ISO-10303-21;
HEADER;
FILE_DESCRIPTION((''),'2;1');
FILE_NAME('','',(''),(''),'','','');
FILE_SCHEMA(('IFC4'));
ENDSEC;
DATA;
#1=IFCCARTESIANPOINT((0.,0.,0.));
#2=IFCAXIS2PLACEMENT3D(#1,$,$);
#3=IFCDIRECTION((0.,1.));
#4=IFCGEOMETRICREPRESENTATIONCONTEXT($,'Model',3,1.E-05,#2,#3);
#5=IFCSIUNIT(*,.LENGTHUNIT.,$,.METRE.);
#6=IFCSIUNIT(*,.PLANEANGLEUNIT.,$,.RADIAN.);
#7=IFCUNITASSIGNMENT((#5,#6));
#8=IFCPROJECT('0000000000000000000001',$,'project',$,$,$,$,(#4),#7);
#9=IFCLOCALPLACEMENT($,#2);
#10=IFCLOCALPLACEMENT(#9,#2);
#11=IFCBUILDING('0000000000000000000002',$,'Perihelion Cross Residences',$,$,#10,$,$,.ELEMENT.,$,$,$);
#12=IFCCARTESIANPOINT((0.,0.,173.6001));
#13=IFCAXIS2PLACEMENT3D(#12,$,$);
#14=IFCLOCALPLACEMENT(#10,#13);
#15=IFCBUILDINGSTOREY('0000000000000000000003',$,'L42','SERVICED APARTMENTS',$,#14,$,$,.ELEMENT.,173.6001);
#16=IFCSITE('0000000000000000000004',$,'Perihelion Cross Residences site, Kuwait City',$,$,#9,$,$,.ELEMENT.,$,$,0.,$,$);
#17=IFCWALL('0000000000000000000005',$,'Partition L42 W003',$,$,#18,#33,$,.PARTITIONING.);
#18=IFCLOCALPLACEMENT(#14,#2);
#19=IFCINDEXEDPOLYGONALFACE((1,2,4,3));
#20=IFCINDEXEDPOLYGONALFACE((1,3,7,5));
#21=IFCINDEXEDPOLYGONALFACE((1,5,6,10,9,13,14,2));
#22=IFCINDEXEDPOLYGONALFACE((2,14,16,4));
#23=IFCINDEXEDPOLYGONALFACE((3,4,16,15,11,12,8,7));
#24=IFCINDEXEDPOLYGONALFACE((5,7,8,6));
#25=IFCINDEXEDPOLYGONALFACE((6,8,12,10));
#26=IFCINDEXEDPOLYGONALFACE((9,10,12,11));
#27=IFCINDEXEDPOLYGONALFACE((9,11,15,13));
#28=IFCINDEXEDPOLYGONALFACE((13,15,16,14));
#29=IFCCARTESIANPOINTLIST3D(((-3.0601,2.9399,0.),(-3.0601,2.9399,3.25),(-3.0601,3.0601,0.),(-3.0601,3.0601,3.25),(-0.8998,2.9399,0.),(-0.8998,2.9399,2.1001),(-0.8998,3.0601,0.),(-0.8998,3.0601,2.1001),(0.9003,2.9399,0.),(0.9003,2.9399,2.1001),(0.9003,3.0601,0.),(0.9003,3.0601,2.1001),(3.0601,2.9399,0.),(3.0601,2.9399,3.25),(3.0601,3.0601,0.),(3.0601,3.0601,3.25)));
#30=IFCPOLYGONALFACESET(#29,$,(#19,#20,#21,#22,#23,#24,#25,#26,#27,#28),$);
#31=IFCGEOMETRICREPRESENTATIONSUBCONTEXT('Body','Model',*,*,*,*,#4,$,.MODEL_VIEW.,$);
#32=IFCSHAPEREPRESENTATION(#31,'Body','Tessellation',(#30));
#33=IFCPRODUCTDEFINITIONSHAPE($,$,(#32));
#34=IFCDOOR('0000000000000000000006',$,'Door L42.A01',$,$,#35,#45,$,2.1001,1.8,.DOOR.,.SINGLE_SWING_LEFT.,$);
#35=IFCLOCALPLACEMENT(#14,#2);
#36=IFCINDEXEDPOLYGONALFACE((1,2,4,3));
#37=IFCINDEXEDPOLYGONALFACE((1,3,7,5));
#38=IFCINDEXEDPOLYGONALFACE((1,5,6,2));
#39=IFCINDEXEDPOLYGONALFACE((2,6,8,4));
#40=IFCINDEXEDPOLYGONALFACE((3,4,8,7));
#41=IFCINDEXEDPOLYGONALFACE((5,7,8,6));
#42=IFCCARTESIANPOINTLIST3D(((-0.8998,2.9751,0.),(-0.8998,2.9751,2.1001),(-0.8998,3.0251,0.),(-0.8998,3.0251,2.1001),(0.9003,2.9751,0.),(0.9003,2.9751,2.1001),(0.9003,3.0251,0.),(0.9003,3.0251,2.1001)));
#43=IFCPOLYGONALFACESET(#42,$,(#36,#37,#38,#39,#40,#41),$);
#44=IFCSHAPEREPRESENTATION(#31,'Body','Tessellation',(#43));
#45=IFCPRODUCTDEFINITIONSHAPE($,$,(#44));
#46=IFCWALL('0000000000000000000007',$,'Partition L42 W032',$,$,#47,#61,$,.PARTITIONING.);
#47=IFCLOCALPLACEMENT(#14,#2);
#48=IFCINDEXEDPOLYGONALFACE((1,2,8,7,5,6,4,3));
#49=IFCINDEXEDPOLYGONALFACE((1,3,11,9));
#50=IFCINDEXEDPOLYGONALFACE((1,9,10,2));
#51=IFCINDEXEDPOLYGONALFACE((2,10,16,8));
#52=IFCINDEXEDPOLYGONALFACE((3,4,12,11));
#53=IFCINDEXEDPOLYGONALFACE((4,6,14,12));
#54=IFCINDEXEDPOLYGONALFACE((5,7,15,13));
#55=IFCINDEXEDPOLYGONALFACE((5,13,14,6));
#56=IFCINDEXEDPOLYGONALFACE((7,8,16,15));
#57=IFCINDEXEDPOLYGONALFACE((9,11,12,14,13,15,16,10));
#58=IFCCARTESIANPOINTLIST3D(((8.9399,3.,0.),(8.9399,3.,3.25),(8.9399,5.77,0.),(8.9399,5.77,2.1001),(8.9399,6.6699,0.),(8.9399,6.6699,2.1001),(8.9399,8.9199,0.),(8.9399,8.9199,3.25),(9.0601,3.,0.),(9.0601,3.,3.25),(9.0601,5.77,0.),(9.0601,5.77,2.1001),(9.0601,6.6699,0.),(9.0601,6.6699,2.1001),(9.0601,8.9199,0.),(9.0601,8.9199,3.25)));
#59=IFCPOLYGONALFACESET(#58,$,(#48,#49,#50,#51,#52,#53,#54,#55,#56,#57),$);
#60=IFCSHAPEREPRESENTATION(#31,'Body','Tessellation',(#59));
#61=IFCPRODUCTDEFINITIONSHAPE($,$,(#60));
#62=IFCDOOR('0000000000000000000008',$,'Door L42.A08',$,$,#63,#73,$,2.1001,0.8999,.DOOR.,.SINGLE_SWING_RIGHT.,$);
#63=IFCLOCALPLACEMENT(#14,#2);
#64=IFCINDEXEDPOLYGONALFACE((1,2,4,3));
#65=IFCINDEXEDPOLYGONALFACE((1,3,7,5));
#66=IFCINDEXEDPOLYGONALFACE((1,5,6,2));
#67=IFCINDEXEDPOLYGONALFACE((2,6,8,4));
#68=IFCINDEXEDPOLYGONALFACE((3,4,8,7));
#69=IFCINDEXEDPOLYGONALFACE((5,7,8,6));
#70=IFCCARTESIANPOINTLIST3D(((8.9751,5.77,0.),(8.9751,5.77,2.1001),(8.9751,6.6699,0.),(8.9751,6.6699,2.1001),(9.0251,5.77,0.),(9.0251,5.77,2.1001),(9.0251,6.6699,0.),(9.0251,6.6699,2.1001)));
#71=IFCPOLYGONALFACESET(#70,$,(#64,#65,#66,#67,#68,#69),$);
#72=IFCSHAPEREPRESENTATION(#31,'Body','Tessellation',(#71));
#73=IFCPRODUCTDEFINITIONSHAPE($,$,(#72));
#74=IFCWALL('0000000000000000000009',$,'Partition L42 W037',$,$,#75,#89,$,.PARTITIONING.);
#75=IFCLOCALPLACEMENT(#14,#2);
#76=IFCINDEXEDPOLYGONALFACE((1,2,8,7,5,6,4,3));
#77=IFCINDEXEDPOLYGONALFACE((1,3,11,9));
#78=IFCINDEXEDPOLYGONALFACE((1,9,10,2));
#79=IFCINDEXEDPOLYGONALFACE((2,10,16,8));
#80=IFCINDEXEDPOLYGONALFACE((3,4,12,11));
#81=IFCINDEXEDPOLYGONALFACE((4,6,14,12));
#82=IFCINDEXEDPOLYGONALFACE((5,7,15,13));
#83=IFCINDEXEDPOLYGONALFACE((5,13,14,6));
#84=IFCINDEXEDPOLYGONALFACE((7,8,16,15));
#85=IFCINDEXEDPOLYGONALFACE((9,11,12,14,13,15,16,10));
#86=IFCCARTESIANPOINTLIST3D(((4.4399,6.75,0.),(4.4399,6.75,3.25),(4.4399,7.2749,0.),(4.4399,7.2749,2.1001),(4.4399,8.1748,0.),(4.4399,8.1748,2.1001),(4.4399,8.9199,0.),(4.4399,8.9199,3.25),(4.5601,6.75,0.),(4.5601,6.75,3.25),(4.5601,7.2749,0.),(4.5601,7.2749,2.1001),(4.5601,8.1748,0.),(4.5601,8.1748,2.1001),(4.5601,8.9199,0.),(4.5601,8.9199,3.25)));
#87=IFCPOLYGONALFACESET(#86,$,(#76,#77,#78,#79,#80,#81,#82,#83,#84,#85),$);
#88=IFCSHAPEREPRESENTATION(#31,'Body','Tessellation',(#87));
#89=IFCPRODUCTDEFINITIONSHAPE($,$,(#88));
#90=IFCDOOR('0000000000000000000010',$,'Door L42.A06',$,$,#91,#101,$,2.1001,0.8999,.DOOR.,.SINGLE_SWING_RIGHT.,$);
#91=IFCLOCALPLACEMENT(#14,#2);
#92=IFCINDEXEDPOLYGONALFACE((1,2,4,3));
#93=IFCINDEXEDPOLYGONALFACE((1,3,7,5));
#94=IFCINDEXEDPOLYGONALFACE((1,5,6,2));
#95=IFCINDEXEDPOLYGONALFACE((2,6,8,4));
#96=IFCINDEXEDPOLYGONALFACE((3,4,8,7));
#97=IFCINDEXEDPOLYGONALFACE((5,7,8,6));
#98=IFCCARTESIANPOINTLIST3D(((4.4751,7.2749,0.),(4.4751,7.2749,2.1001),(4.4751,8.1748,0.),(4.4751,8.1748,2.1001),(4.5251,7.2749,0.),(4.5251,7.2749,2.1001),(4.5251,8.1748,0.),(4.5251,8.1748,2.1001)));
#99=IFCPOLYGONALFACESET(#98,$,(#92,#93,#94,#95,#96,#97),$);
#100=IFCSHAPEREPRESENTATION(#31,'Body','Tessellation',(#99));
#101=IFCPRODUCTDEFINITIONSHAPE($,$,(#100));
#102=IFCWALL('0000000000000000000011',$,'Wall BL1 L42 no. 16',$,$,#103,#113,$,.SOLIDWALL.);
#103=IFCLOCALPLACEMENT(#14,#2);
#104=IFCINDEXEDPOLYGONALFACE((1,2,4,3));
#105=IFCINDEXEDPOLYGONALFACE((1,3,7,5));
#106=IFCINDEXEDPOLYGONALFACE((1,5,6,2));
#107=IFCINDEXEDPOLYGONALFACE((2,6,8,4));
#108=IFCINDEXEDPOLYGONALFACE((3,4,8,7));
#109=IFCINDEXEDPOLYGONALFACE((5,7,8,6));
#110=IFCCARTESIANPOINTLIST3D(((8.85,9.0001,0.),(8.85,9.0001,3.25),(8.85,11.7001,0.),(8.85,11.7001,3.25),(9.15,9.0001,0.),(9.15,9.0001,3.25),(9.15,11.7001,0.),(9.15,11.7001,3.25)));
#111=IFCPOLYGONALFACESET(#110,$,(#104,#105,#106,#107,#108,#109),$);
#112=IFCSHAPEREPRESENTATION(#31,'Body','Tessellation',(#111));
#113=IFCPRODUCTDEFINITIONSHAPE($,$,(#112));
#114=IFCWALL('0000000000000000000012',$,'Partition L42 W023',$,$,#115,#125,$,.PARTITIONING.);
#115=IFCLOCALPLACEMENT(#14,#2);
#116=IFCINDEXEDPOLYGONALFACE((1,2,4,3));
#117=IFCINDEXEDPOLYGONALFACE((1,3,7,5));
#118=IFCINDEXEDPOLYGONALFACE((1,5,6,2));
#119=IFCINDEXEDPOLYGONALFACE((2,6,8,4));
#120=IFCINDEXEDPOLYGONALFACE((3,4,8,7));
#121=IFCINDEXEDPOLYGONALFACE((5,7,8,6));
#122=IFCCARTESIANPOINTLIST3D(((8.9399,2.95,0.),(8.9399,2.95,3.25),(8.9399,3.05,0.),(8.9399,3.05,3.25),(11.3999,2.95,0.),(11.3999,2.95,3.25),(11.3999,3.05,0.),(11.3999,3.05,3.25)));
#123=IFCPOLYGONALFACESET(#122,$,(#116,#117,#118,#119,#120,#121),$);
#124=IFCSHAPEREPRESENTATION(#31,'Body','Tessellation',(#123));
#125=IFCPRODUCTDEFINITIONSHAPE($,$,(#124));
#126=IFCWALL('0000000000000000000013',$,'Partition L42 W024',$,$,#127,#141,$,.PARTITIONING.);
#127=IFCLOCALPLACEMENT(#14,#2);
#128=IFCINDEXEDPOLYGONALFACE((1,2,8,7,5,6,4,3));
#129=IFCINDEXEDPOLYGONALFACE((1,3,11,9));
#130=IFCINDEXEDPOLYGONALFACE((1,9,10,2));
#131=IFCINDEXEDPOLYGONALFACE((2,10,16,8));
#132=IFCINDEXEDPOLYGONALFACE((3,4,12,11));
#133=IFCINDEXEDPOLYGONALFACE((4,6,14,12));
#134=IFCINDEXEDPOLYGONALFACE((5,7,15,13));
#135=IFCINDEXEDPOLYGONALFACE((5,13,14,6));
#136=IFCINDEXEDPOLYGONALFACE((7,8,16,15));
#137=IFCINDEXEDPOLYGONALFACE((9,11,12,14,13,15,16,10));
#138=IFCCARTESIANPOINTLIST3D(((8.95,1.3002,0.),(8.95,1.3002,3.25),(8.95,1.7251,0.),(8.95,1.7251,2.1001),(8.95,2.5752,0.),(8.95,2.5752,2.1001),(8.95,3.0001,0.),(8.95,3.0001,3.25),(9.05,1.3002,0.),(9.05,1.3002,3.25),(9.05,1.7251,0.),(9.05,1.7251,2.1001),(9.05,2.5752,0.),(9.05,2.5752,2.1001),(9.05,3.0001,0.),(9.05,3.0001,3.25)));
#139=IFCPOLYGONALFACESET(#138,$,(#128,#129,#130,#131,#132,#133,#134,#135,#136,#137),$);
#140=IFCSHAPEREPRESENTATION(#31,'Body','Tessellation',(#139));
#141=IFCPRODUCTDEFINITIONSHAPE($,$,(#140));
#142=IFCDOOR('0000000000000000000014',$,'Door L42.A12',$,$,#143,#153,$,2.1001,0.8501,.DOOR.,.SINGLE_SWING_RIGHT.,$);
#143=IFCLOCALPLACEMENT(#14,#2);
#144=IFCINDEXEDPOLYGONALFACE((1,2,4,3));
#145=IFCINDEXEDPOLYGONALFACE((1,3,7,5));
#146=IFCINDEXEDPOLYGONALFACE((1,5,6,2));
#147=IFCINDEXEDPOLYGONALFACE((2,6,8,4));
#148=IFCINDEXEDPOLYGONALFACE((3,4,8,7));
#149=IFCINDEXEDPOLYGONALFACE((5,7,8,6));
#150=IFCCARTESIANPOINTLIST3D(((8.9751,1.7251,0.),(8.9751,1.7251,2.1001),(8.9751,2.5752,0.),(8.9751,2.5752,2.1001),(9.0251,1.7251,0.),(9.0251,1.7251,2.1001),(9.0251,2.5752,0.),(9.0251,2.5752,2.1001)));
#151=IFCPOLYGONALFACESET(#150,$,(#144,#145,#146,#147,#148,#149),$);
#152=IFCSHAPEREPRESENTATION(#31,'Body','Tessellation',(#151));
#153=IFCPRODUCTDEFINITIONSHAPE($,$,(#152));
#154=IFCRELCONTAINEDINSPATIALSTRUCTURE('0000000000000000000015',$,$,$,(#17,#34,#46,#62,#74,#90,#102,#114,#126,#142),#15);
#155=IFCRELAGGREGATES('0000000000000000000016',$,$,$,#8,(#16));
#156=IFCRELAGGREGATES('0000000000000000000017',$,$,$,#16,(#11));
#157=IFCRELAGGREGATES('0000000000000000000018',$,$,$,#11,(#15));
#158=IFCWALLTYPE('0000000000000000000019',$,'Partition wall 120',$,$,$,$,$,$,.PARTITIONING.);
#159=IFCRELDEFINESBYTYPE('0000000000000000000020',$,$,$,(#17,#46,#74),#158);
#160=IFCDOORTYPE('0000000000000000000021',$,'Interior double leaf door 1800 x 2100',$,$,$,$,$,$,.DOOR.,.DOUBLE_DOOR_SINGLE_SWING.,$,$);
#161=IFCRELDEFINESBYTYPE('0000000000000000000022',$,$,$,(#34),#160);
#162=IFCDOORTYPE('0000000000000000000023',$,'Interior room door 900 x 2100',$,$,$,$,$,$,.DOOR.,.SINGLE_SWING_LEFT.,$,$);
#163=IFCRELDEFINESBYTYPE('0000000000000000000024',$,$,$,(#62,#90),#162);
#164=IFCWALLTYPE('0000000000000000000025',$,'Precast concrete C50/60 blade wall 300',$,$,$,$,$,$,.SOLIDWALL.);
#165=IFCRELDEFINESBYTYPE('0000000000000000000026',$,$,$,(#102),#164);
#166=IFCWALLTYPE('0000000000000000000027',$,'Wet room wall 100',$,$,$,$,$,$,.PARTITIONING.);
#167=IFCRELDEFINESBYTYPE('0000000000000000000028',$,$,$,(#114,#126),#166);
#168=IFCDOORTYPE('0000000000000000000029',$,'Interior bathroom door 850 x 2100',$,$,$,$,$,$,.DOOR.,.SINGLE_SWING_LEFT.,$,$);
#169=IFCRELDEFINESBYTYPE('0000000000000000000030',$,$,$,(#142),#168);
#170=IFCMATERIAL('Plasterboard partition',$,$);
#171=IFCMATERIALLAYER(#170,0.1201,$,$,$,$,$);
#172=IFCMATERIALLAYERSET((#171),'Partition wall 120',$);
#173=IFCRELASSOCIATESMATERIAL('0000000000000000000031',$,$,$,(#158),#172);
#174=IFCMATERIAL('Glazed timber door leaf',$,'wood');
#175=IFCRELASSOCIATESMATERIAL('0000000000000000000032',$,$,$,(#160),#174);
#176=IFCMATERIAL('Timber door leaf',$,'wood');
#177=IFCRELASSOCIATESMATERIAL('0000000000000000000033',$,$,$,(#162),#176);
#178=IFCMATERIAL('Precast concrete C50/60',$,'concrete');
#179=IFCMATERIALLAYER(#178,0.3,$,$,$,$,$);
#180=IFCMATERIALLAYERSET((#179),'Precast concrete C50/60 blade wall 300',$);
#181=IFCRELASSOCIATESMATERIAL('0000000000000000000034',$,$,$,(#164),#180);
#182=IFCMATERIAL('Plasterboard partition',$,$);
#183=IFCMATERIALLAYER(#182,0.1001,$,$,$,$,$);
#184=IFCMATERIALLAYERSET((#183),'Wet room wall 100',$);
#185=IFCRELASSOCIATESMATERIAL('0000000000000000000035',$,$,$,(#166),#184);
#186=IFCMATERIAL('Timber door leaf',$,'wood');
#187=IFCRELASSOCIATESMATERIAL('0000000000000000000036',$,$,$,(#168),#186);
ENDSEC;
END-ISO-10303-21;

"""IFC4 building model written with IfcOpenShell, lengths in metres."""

from ifc_helpers import new_model, si_unit, direction, frame, frame_2d, origin, place, context, subcontext, project, spatial, rectangle, extrude, material, layer, layer_set, type_object, element, fill, save


model = new_model("IFC4")

# Units and contexts
model_context = context("Model", 3, precision=1e-05, world=origin(), true_north=direction((0.0, 1.0)))
body_context = subcontext(model_context, "Body", "Model", "MODEL_VIEW")
ifc_project = project(units=[si_unit("LENGTHUNIT", "METRE"), si_unit("PLANEANGLEUNIT", "RADIAN")], contexts=[model_context])

# Site, building, storey
site_placement = place(None, origin())
site = spatial("IfcSite", under=ifc_project, at=site_placement, Name="Perihelion Cross Residences site, Kuwait City", CompositionType="ELEMENT", RefElevation=0.0)
building_placement = place(site_placement, origin())
building = spatial("IfcBuilding", under=site, at=building_placement, Name="Perihelion Cross Residences", CompositionType="ELEMENT")
storey_placement = place(building_placement, frame((0.0, 0.0, 173.6001)))
storey = spatial("IfcBuildingStorey", under=building, at=storey_placement, Name="L42", Description="SERVICED APARTMENTS", CompositionType="ELEMENT", Elevation=173.6001)

# Walls, openings, doors
ifc_material_1 = material(Name="Plasterboard partition")
ifc_layer_1 = layer(ifc_material_1, 0.1201)
ifc_layer_set_1 = layer_set([ifc_layer_1], Name="Partition wall 120")
wall_type_1 = type_object("IfcWallType", Name="Partition wall 120", PredefinedType="PARTITIONING", material=ifc_layer_set_1)
wall_1_placement = place(storey_placement, frame((3.0601, 3.0, 0.0), z_axis=(0.0, 0.0, 1.0), x_axis=(-1.0, 0.0, 0.0)))
wall_1 = element("IfcWall", 1, at=wall_1_placement, inside=storey, type_object=wall_type_1, Name="Partition L42 W003", PredefinedType="PARTITIONING", context=body_context, shape_type="SweptSolid", body=[
    extrude(rectangle(XDim=6.1201, YDim=0.1201, at=frame_2d((3.0601, 0.0))), origin(), (0.0, 0.0, 1.0), 3.25),
])
opening_1_placement = place(wall_1_placement, frame((2.1599, 0.0, 0.0)))
opening_1 = element("IfcOpeningElement", 2, at=opening_1_placement, cuts=wall_1, PredefinedType="OPENING", context=body_context, shape_type="SweptSolid", body=[
    extrude(rectangle(XDim=1.8, YDim=2.1001, at=frame_2d((0.8999, 1.05))), frame((0.0, 0.0701, 0.0), z_axis=(0.0, -1.0, 0.0), x_axis=(1.0, 0.0, 0.0)), (0.0, 0.0, 1.0), 0.1401),
])
ifc_material_2 = material(Name="Glazed timber door leaf", Category="wood")
door_type_1 = type_object("IfcDoorType", Name="Interior double leaf door 1800 x 2100", OperationType="DOUBLE_DOOR_SINGLE_SWING", PredefinedType="DOOR", material=ifc_material_2)
door_1_placement = place(opening_1_placement, origin())
door_1 = element("IfcDoor", 3, at=door_1_placement, inside=storey, type_object=door_type_1, Name="Door L42.A01", OperationType="SINGLE_SWING_LEFT", OverallHeight=2.1001, OverallWidth=1.8, PredefinedType="DOOR", context=body_context, shape_type="SweptSolid", body=[
    extrude(rectangle(XDim=1.8, YDim=2.1001, at=frame_2d((0.8999, 1.05))), frame((0.0, 0.0249, 0.0), z_axis=(0.0, -1.0, 0.0), x_axis=(1.0, 0.0, 0.0)), (0.0, 0.0, 1.0), 0.05),
])
fill(opening_1, door_1)
wall_2_placement = place(storey_placement, frame((9.0, 3.0, 0.0), z_axis=(0.0, 0.0, 1.0), x_axis=(0.0, 1.0, 0.0)))
wall_2 = element("IfcWall", 4, at=wall_2_placement, inside=storey, type_object=wall_type_1, Name="Partition L42 W032", PredefinedType="PARTITIONING", context=body_context, shape_type="SweptSolid", body=[
    extrude(rectangle(XDim=5.9199, YDim=0.1201, at=frame_2d((2.96, 0.0))), origin(), (0.0, 0.0, 1.0), 3.25),
])
opening_2_placement = place(wall_2_placement, frame((2.77, 0.0, 0.0)))
opening_2 = element("IfcOpeningElement", 5, at=opening_2_placement, cuts=wall_2, PredefinedType="OPENING", context=body_context, shape_type="SweptSolid", body=[
    extrude(rectangle(XDim=0.8999, YDim=2.1001, at=frame_2d((0.45, 1.05))), frame((0.0, 0.0701, 0.0), z_axis=(0.0, -1.0, 0.0), x_axis=(1.0, 0.0, 0.0)), (0.0, 0.0, 1.0), 0.1401),
])
ifc_material_3 = material(Name="Timber door leaf", Category="wood")
door_type_2 = type_object("IfcDoorType", Name="Interior room door 900 x 2100", OperationType="SINGLE_SWING_LEFT", PredefinedType="DOOR", material=ifc_material_3)
door_2_placement = place(opening_2_placement, origin())
door_2 = element("IfcDoor", 6, at=door_2_placement, inside=storey, type_object=door_type_2, Name="Door L42.A08", OperationType="SINGLE_SWING_RIGHT", OverallHeight=2.1001, OverallWidth=0.8999, PredefinedType="DOOR", context=body_context, shape_type="SweptSolid", body=[
    extrude(rectangle(XDim=0.8999, YDim=2.1001, at=frame_2d((0.45, 1.05))), frame((0.0, 0.0249, 0.0), z_axis=(0.0, -1.0, 0.0), x_axis=(1.0, 0.0, 0.0)), (0.0, 0.0, 1.0), 0.05),
])
fill(opening_2, door_2)
wall_3_placement = place(storey_placement, frame((4.5, 6.75, 0.0), z_axis=(0.0, 0.0, 1.0), x_axis=(0.0, 1.0, 0.0)))
wall_3 = element("IfcWall", 7, at=wall_3_placement, inside=storey, type_object=wall_type_1, Name="Partition L42 W037", PredefinedType="PARTITIONING", context=body_context, shape_type="SweptSolid", body=[
    extrude(rectangle(XDim=2.1699, YDim=0.1201, at=frame_2d((1.085, 0.0))), origin(), (0.0, 0.0, 1.0), 3.25),
])
opening_3_placement = place(wall_3_placement, frame((0.5249, 0.0, 0.0)))
opening_3 = element("IfcOpeningElement", 8, at=opening_3_placement, cuts=wall_3, PredefinedType="OPENING", context=body_context, shape_type="SweptSolid", body=[
    extrude(rectangle(XDim=0.8999, YDim=2.1001, at=frame_2d((0.45, 1.05))), frame((0.0, 0.0701, 0.0), z_axis=(0.0, -1.0, 0.0), x_axis=(1.0, 0.0, 0.0)), (0.0, 0.0, 1.0), 0.1401),
])
door_3_placement = place(opening_3_placement, origin())
door_3 = element("IfcDoor", 9, at=door_3_placement, inside=storey, type_object=door_type_2, Name="Door L42.A06", OperationType="SINGLE_SWING_RIGHT", OverallHeight=2.1001, OverallWidth=0.8999, PredefinedType="DOOR", context=body_context, shape_type="SweptSolid", body=[
    extrude(rectangle(XDim=0.8999, YDim=2.1001, at=frame_2d((0.45, 1.05))), frame((0.0, 0.0249, 0.0), z_axis=(0.0, -1.0, 0.0), x_axis=(1.0, 0.0, 0.0)), (0.0, 0.0, 1.0), 0.05),
])
fill(opening_3, door_3)

# Walls
ifc_material_4 = material(Name="Precast concrete C50/60", Category="concrete")
ifc_layer_2 = layer(ifc_material_4, 0.3)
ifc_layer_set_2 = layer_set([ifc_layer_2], Name="Precast concrete C50/60 blade wall 300")
wall_type_2 = type_object("IfcWallType", Name="Precast concrete C50/60 blade wall 300", PredefinedType="SOLIDWALL", material=ifc_layer_set_2)
wall_4_placement = place(storey_placement, frame((9.0, 9.0, 0.0), z_axis=(0.0, 0.0, 1.0), x_axis=(0.0, 1.0, 0.0)))
element("IfcWall", 10, at=wall_4_placement, inside=storey, type_object=wall_type_2, Name="Wall BL1 L42 no. 16", PredefinedType="SOLIDWALL", context=body_context, shape_type="SweptSolid", body=[
    extrude(rectangle(XDim=2.7, YDim=0.3, at=frame_2d((1.3501, 0.0))), origin(), (0.0, 0.0, 1.0), 3.25),
])
ifc_material_5 = material(Name="Plasterboard partition")
ifc_layer_3 = layer(ifc_material_5, 0.1001)
ifc_layer_set_3 = layer_set([ifc_layer_3], Name="Wet room wall 100")
wall_type_3 = type_object("IfcWallType", Name="Wet room wall 100", PredefinedType="PARTITIONING", material=ifc_layer_set_3)
wall_5_placement = place(storey_placement, frame((8.9399, 3.0, 0.0), z_axis=(0.0, 0.0, 1.0), x_axis=(1.0, 0.0, 0.0)))
element("IfcWall", 11, at=wall_5_placement, inside=storey, type_object=wall_type_3, Name="Partition L42 W023", PredefinedType="PARTITIONING", context=body_context, shape_type="SweptSolid", body=[
    extrude(rectangle(XDim=2.46, YDim=0.1001, at=frame_2d((1.23, 0.0))), origin(), (0.0, 0.0, 1.0), 3.25),
])

# Wall, opening, door
wall_6_placement = place(storey_placement, frame((9.0, 1.3, 0.0), z_axis=(0.0, 0.0, 1.0), x_axis=(0.0, 1.0, 0.0)))
wall_6 = element("IfcWall", 12, at=wall_6_placement, inside=storey, type_object=wall_type_3, Name="Partition L42 W024", PredefinedType="PARTITIONING", context=body_context, shape_type="SweptSolid", body=[
    extrude(rectangle(XDim=1.7, YDim=0.1001, at=frame_2d((0.8501, 0.0))), origin(), (0.0, 0.0, 1.0), 3.25),
])
opening_4_placement = place(wall_6_placement, frame((0.425, 0.0, 0.0)))
opening_4 = element("IfcOpeningElement", 13, at=opening_4_placement, cuts=wall_6, PredefinedType="OPENING", context=body_context, shape_type="SweptSolid", body=[
    extrude(rectangle(XDim=0.8501, YDim=2.1001, at=frame_2d((0.425, 1.05))), frame((0.0, 0.0601, 0.0), z_axis=(0.0, -1.0, 0.0), x_axis=(1.0, 0.0, 0.0)), (0.0, 0.0, 1.0), 0.1201),
])
ifc_material_6 = material(Name="Timber door leaf", Category="wood")
door_type_3 = type_object("IfcDoorType", Name="Interior bathroom door 850 x 2100", OperationType="SINGLE_SWING_LEFT", PredefinedType="DOOR", material=ifc_material_6)
door_4_placement = place(opening_4_placement, origin())
door_4 = element("IfcDoor", 14, at=door_4_placement, inside=storey, type_object=door_type_3, Name="Door L42.A12", OperationType="SINGLE_SWING_RIGHT", OverallHeight=2.1001, OverallWidth=0.8501, PredefinedType="DOOR", context=body_context, shape_type="SweptSolid", body=[
    extrude(rectangle(XDim=0.8501, YDim=2.1001, at=frame_2d((0.425, 1.05))), frame((0.0, 0.0249, 0.0), z_axis=(0.0, -1.0, 0.0), x_axis=(1.0, 0.0, 0.0)), (0.0, 0.0, 1.0), 0.05),
])
fill(opening_4, door_4)

save(model, "model.ifc")
